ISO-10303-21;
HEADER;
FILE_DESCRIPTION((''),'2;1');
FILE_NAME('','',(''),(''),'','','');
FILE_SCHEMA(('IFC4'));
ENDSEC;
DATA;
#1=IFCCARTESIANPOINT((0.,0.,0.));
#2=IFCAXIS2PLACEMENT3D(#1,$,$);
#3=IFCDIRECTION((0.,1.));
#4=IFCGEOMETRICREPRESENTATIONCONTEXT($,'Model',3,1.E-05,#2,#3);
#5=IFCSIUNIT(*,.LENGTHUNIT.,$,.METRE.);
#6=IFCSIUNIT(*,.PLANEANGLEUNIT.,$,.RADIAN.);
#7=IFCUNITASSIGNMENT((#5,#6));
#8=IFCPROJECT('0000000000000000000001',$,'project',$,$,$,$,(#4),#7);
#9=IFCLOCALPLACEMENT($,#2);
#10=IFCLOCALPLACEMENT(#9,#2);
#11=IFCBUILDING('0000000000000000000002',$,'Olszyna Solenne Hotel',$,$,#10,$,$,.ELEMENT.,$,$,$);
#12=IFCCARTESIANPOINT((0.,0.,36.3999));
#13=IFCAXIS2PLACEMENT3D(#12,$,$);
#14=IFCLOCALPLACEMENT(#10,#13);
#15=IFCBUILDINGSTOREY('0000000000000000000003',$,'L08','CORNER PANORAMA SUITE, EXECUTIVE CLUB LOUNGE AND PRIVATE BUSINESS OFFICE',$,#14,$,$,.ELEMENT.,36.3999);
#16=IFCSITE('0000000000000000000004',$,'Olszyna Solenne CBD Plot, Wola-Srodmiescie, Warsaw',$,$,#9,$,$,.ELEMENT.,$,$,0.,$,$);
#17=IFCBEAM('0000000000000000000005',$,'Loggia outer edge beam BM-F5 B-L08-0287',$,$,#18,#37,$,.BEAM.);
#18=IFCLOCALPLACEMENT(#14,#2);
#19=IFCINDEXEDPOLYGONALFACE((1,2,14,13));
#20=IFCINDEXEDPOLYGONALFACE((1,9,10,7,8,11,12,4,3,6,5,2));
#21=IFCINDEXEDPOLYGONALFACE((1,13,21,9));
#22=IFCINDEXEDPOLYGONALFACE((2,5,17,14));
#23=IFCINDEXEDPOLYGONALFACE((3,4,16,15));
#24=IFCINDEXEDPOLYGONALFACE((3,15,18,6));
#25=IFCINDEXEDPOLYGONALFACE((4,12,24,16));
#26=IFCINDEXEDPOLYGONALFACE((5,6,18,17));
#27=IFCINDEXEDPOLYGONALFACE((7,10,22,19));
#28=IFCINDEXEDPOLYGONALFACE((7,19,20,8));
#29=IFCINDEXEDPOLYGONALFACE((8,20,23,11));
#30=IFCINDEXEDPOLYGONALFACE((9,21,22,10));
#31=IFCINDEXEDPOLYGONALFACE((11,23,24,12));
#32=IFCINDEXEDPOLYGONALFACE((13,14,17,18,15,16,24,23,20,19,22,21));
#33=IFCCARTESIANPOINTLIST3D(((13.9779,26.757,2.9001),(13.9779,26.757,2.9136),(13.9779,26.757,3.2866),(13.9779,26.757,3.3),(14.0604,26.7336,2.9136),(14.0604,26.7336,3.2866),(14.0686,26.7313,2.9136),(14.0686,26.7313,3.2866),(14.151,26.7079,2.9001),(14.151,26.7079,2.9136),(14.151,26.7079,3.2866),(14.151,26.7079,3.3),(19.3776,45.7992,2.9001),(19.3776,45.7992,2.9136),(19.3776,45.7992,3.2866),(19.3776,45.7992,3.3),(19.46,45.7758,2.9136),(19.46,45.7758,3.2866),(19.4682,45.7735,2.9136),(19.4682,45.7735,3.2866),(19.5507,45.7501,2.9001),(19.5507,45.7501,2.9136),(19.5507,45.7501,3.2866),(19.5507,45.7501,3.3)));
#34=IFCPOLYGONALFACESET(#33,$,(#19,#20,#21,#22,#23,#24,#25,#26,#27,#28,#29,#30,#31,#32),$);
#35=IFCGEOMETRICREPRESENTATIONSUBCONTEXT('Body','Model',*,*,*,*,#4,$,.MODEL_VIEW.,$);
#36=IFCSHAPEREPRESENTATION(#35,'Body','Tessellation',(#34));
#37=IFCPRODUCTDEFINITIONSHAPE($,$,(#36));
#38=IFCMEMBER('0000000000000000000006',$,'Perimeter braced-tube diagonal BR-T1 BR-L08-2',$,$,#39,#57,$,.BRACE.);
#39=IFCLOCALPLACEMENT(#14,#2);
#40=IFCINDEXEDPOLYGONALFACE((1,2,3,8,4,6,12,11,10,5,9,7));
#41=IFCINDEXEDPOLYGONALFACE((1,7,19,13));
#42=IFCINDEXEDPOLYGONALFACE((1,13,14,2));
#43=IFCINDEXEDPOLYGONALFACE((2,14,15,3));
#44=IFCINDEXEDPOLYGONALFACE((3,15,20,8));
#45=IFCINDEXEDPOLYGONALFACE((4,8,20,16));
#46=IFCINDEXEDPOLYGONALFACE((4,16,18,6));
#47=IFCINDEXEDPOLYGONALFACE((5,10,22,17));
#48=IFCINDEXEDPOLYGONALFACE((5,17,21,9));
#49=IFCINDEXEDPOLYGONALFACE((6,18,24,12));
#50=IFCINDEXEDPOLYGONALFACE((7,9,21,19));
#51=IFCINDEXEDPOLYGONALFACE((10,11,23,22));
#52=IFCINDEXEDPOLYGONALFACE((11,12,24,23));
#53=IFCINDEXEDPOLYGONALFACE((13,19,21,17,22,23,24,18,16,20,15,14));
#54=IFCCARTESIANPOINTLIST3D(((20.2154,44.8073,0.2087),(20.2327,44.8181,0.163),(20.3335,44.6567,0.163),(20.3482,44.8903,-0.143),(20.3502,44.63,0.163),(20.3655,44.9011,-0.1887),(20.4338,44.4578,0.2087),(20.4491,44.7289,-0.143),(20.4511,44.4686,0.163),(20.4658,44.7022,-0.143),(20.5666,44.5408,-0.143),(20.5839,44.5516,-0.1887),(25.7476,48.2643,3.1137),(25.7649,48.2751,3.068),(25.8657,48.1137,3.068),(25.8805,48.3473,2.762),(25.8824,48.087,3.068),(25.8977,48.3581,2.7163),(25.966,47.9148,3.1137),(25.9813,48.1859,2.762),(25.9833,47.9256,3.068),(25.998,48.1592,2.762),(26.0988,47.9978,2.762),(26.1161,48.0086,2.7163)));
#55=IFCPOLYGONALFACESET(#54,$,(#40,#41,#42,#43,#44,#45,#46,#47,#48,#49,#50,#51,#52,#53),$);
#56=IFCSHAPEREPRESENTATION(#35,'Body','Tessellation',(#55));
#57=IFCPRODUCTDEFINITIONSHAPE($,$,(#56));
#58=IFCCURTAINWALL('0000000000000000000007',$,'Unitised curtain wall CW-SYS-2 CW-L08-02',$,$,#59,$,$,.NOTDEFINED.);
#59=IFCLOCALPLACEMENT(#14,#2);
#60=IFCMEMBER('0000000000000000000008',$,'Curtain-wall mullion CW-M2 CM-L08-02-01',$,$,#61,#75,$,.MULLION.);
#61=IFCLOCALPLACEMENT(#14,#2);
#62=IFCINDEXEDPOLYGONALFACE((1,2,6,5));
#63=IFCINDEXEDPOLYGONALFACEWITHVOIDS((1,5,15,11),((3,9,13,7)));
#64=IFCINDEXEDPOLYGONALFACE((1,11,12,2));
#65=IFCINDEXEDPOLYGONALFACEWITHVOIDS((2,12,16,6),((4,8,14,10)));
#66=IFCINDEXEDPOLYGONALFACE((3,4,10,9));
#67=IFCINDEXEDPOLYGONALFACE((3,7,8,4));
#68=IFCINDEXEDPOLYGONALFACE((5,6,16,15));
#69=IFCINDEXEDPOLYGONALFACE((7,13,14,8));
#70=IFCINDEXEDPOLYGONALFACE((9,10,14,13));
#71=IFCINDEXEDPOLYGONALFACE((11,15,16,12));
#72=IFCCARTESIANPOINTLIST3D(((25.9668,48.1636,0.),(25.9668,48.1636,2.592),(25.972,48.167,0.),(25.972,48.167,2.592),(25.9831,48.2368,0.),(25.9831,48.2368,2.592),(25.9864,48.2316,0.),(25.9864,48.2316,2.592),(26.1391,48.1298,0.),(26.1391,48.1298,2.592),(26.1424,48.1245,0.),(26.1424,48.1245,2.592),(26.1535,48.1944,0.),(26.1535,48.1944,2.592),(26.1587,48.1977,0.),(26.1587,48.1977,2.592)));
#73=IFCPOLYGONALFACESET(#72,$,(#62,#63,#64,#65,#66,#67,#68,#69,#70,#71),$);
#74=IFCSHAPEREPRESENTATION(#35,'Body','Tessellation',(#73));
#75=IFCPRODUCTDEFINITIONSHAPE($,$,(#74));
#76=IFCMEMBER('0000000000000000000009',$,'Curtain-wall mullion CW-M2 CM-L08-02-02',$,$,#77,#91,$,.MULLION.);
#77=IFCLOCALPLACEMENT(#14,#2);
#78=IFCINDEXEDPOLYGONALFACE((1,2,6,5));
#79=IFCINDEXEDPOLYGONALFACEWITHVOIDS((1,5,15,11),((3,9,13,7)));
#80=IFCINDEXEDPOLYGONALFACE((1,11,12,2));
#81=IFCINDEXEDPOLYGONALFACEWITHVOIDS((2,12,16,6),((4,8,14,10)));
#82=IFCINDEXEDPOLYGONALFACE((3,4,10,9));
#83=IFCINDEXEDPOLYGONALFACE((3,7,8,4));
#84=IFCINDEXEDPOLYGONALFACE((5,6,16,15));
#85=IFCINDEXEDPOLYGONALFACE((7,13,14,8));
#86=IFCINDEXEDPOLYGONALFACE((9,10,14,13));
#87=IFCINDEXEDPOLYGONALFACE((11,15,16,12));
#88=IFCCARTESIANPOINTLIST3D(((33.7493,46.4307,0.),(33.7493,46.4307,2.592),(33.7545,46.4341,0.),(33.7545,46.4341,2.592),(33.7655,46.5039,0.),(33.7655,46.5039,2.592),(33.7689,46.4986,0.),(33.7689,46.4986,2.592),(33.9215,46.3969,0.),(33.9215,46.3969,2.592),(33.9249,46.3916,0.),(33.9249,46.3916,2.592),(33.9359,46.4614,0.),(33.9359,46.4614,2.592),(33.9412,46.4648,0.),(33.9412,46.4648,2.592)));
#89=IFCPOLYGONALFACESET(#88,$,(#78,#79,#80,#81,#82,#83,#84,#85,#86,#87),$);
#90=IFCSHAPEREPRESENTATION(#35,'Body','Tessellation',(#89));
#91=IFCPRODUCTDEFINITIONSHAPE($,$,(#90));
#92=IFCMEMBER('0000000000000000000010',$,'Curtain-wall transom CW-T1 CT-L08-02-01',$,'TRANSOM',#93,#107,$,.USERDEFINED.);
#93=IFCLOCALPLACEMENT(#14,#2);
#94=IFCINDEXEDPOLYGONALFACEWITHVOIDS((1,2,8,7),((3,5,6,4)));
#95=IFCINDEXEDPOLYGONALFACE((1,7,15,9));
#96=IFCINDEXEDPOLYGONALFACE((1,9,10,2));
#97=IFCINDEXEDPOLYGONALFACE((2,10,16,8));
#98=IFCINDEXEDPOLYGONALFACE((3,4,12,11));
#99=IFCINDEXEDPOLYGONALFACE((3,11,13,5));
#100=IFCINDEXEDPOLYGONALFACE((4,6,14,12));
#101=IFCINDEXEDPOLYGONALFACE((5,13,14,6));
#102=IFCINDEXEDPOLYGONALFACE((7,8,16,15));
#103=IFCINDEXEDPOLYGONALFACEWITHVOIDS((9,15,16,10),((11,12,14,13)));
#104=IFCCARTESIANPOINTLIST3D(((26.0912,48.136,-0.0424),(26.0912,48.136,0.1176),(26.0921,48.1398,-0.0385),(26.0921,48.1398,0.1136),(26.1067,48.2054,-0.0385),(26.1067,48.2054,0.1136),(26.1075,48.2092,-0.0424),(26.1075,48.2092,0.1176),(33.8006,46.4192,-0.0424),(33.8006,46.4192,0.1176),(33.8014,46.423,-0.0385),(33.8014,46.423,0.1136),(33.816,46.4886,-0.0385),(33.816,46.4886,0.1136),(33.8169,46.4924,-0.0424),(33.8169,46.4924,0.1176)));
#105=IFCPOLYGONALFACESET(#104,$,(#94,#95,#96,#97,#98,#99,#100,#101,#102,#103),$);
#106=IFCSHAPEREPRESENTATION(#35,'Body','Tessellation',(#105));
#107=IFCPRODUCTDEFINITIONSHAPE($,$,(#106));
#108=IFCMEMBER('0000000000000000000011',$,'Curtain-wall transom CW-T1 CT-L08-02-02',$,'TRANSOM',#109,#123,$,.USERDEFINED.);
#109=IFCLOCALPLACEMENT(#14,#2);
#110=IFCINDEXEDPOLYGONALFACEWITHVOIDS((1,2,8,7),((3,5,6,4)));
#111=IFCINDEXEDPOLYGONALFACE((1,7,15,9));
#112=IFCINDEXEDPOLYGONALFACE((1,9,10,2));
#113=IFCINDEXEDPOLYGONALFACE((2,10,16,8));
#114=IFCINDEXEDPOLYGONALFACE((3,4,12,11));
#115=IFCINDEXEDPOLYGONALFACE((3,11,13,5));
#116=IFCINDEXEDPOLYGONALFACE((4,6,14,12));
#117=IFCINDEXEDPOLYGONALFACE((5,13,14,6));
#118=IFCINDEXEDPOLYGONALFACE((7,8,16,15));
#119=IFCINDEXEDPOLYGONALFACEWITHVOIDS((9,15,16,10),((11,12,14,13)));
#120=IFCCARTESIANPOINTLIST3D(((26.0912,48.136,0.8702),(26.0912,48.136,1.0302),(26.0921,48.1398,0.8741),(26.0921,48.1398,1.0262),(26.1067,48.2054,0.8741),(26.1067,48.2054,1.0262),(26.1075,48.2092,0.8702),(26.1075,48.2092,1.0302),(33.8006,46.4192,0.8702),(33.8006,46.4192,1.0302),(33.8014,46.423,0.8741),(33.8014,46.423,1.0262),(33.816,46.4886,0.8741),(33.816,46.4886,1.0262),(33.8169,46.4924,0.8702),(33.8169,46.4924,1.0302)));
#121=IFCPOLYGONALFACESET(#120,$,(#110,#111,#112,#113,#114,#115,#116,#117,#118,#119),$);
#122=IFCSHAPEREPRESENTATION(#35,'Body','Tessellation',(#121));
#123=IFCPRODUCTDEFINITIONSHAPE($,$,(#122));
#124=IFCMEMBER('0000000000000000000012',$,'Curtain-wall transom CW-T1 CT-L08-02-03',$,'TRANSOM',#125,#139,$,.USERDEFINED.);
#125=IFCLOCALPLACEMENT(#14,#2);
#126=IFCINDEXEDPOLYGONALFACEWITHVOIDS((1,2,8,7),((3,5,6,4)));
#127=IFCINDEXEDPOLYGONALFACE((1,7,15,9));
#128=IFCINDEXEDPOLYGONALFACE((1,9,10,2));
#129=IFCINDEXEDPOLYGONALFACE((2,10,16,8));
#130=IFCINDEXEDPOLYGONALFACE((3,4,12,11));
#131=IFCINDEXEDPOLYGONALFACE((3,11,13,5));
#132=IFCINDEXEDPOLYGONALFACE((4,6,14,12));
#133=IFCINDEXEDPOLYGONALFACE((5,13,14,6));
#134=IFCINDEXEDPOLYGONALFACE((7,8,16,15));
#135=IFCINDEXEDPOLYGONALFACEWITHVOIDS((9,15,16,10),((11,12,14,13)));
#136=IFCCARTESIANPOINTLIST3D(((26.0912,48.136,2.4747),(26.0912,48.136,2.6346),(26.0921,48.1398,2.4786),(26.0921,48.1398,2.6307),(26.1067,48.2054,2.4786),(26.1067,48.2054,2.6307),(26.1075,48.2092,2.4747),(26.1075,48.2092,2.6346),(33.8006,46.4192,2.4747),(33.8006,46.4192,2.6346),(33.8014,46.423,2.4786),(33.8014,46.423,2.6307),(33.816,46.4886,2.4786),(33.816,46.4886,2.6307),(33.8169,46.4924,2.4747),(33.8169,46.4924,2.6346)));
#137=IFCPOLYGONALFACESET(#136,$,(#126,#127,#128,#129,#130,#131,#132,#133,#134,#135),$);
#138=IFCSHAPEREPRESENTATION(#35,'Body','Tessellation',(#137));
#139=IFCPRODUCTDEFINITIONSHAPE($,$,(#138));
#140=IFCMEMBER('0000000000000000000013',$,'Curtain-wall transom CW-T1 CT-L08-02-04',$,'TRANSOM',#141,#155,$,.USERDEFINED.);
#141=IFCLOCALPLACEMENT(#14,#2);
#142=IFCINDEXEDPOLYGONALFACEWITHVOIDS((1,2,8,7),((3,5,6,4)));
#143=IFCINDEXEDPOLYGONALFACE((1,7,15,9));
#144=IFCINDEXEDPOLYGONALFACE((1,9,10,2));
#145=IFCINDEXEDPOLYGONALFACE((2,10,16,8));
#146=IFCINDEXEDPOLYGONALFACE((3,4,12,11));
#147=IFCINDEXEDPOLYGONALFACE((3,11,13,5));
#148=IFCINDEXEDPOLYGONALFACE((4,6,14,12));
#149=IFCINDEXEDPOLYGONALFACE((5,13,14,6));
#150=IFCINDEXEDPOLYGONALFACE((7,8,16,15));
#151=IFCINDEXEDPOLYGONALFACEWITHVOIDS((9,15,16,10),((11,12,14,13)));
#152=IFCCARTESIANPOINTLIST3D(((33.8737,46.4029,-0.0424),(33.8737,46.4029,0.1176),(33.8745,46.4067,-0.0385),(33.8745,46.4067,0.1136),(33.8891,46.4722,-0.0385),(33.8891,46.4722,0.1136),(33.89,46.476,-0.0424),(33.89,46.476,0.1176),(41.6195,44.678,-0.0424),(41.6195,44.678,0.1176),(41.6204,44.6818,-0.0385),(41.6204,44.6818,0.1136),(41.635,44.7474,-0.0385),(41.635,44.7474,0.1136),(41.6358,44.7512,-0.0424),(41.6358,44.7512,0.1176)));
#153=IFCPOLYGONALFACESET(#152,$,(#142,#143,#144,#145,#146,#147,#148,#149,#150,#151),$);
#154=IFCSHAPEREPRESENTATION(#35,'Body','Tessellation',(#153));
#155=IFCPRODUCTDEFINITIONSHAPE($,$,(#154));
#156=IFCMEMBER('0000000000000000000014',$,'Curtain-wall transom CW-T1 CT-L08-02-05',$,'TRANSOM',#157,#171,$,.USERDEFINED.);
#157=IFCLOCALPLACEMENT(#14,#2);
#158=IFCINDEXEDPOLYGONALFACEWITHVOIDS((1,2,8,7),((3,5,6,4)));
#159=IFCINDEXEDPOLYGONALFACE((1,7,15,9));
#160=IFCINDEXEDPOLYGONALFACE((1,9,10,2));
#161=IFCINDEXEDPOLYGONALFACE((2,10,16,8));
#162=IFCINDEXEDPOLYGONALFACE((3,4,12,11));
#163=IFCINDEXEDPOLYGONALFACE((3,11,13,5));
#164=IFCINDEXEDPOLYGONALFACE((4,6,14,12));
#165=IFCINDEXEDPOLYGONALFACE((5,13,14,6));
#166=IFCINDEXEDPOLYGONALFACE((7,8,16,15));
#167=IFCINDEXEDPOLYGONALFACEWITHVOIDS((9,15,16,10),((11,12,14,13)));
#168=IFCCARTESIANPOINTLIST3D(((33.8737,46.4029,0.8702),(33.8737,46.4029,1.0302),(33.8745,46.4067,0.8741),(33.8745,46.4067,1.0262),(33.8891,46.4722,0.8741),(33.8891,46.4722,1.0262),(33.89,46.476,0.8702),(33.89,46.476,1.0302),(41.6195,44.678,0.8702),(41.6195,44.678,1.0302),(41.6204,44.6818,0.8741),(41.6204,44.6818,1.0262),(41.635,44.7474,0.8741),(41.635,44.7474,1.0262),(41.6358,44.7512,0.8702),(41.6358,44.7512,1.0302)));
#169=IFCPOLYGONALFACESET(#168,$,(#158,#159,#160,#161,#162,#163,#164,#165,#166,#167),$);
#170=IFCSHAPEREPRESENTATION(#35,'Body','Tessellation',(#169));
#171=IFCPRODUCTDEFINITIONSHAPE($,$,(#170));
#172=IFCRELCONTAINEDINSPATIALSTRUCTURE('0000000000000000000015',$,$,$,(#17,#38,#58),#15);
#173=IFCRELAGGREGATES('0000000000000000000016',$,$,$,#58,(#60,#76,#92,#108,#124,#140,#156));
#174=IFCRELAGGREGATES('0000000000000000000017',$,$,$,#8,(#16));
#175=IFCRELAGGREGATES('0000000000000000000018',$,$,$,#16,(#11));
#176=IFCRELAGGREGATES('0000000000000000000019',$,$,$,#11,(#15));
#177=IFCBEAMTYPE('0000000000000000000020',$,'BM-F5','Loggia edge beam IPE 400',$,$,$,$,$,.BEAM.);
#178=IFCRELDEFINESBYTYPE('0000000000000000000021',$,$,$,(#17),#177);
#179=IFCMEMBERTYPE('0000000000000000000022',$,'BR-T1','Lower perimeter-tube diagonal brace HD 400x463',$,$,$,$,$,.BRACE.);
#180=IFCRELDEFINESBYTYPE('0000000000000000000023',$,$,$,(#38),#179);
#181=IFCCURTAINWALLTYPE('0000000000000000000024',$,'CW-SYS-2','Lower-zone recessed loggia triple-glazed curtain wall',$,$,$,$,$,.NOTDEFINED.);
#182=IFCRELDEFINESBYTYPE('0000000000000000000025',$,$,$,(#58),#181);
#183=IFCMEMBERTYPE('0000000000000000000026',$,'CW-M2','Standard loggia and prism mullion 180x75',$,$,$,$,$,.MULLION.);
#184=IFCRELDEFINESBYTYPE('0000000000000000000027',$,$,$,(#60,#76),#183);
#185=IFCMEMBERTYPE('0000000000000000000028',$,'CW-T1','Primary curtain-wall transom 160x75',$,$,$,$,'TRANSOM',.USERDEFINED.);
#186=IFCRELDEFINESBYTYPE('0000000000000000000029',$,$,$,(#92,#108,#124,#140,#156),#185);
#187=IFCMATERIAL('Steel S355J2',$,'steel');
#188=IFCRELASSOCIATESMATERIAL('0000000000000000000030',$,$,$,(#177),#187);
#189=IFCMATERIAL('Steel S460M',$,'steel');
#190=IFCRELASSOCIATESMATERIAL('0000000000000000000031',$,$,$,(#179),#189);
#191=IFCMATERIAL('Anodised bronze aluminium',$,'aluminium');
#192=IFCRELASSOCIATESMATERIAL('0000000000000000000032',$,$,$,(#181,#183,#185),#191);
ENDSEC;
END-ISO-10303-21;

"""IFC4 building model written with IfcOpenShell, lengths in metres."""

from ifc_helpers import new_model, si_unit, direction, frame, origin, origin_2d, place, context, subcontext, project, spatial, hollow_rectangle, i_section, extrude, source, transform, mapped, material, material_profile, profile_set, type_object, element, aggregate, save


model = new_model("IFC4")

# Units and contexts
model_context = context("Model", 3, precision=1e-05, world=origin(), true_north=direction((0.0, 1.0)))
body_context = subcontext(model_context, "Body", "Model", "MODEL_VIEW")
ifc_project = project(units=[si_unit("LENGTHUNIT", "METRE"), si_unit("PLANEANGLEUNIT", "RADIAN")], contexts=[model_context])

# Site, building, storey
site_placement = place(None, origin())
site = spatial("IfcSite", under=ifc_project, at=site_placement, Name="Olszyna Solenne CBD Plot, Wola-Srodmiescie, Warsaw", CompositionType="ELEMENT", RefElevation=0.0)
building_placement = place(site_placement, origin())
building = spatial("IfcBuilding", under=site, at=building_placement, Name="Olszyna Solenne Hotel", CompositionType="ELEMENT")
storey_placement = place(building_placement, frame((0.0, 0.0, 36.3999)))
storey = spatial("IfcBuildingStorey", under=building, at=storey_placement, Name="L08", Description="CORNER PANORAMA SUITE, EXECUTIVE CLUB LOUNGE AND PRIVATE BUSINESS OFFICE", CompositionType="ELEMENT", Elevation=36.3999)

# Shared definitions
ifc_material_1 = material(Name="Steel S460M", Category="steel")

# Beam
ifc_material_2 = material(Name="Steel S355J2", Category="steel")
ifc_material_profile_1 = material_profile(ifc_material_2, i_section(OverallWidth=0.1799, OverallDepth=0.3999, WebThickness=0.0085, FlangeThickness=0.0134, at=origin_2d()), Name="IPE 400", Category="load-bearing")
ifc_profile_set_1 = profile_set([ifc_material_profile_1], Name="Steel S355J2")
beam_type_1 = type_object("IfcBeamType", Name="BM-F5", Description="Loggia edge beam IPE 400", PredefinedType="BEAM", material=ifc_profile_set_1)
shared_shape_1 = source(origin(), body_context, "Body", "SweptSolid", [
    extrude(i_section(OverallWidth=0.1799, OverallDepth=0.3999, WebThickness=0.0085, FlangeThickness=0.0134, at=origin_2d()), origin(), (0.0, 0.0, 1.0), 19.793),
])
beam_1_placement = place(storey_placement, frame((19.4641, 45.7747, 3.1001), z_axis=(-0.272806, -0.962069, 0.0), x_axis=(0.962069, -0.272806, 0.0)))
element("IfcBeam", 1, at=beam_1_placement, inside=storey, type_object=beam_type_1, Name="Loggia outer edge beam BM-F5 B-L08-0287", PredefinedType="BEAM", context=body_context, shape_type="MappedRepresentation", body=[
    mapped(shared_shape_1, transform((0.0, 0.0, 0.0), x_axis=(1.0, 0.0, 0.0), y_axis=(0.0, 1.0, 0.0), z_axis=(0.0, 0.0, 1.0), scale=1.0)),
])

# Member
ifc_material_profile_2 = material_profile(ifc_material_1, i_section(OverallWidth=0.4121, OverallDepth=0.4351, WebThickness=0.0315, FlangeThickness=0.05, at=origin_2d()), Name="HD 400x463", Category="load-bearing")
ifc_profile_set_2 = profile_set([ifc_material_profile_2], Name="Steel S460M")
member_type_1 = type_object("IfcMemberType", Name="BR-T1", Description="Lower perimeter-tube diagonal brace HD 400x463", PredefinedType="BRACE", material=ifc_profile_set_2)
shared_shape_2 = source(origin(), body_context, "Body", "SweptSolid", [
    extrude(i_section(OverallWidth=0.4121, OverallDepth=0.4351, WebThickness=0.0315, FlangeThickness=0.05, at=origin_2d()), origin(), (0.0, 0.0, 1.0), 7.1411),
])
member_1_placement = place(storey_placement, frame((20.3997, 44.6794, 0.01), z_axis=(0.774699, 0.484101, 0.406802), x_axis=(-0.529932, 0.84804, 0.0)))
element("IfcMember", 2, at=member_1_placement, inside=storey, type_object=member_type_1, Name="Perimeter braced-tube diagonal BR-T1 BR-L08-2", PredefinedType="BRACE", context=body_context, shape_type="MappedRepresentation", body=[
    mapped(shared_shape_2, transform((0.0, 0.0, 0.0), x_axis=(1.0, 0.0, 0.0), y_axis=(0.0, 1.0, 0.0), z_axis=(0.0, 0.0, 1.0), scale=1.0)),
])

# Curtain wall, members
ifc_material_3 = material(Name="Anodised bronze aluminium", Category="aluminium")
curtain_wall_type = type_object("IfcCurtainWallType", Name="CW-SYS-2", Description="Lower-zone recessed loggia triple-glazed curtain wall", PredefinedType="NOTDEFINED", material=ifc_material_3)
curtain_wall_placement = place(storey_placement, origin())
curtain_wall = element("IfcCurtainWall", 3, at=curtain_wall_placement, inside=storey, type_object=curtain_wall_type, Name="Unitised curtain wall CW-SYS-2 CW-L08-02", PredefinedType="NOTDEFINED")
ifc_material_profile_3 = material_profile(ifc_material_3, hollow_rectangle(XDim=0.075, YDim=0.1799, WallThickness=0.0044, at=origin_2d()), Name="MULL 180x75x4.5", Category="load-bearing")
ifc_profile_set_3 = profile_set([ifc_material_profile_3], Name="Anodised bronze aluminium")
member_type_2 = type_object("IfcMemberType", Name="CW-M2", Description="Standard loggia and prism mullion 180x75", PredefinedType="MULLION", material=ifc_profile_set_3)
shared_shape_3 = source(origin(), body_context, "Body", "SweptSolid", [
    extrude(hollow_rectangle(XDim=0.075, YDim=0.1799, WallThickness=0.0044, at=origin_2d()), origin(), (0.0, 0.0, 1.0), 2.592),
])
member_2_placement = place(storey_placement, frame((26.0627, 48.1807, 0.0), z_axis=(0.0, 0.0, 1.0), x_axis=(0.217365, 0.97609, 0.0)))
member_2 = element("IfcMember", 4, at=member_2_placement, type_object=member_type_2, Name="Curtain-wall mullion CW-M2 CM-L08-02-01", PredefinedType="MULLION", context=body_context, shape_type="MappedRepresentation", body=[
    mapped(shared_shape_3, transform((0.0, 0.0, 0.0), x_axis=(1.0, 0.0, 0.0), y_axis=(0.0, 1.0, 0.0), z_axis=(0.0, 0.0, 1.0), scale=1.0)),
])
member_3_placement = place(storey_placement, frame((33.8452, 46.4478, 0.0), z_axis=(0.0, 0.0, 1.0), x_axis=(0.217365, 0.97609, 0.0)))
member_3 = element("IfcMember", 5, at=member_3_placement, type_object=member_type_2, Name="Curtain-wall mullion CW-M2 CM-L08-02-02", PredefinedType="MULLION", context=body_context, shape_type="MappedRepresentation", body=[
    mapped(shared_shape_3, transform((0.0, 0.0, 0.0), x_axis=(1.0, 0.0, 0.0), y_axis=(0.0, 1.0, 0.0), z_axis=(0.0, 0.0, 1.0), scale=1.0)),
])
ifc_material_profile_4 = material_profile(ifc_material_3, hollow_rectangle(XDim=0.075, YDim=0.1599, WallThickness=0.0039, at=origin_2d()), Name="TRAN 160x75x4", Category="load-bearing")
ifc_profile_set_4 = profile_set([ifc_material_profile_4], Name="Anodised bronze aluminium")
member_type_3 = type_object("IfcMemberType", Name="CW-T1", Description="Primary curtain-wall transom 160x75", ElementType="TRANSOM", PredefinedType="USERDEFINED", material=ifc_profile_set_4)
shared_shape_4 = source(origin(), body_context, "Body", "SweptSolid", [
    extrude(hollow_rectangle(XDim=0.075, YDim=0.1599, WallThickness=0.0039, at=origin_2d()), origin(), (0.0, 0.0, 1.0), 7.8982),
])
member_4_placement = place(storey_placement, frame((26.0994, 48.1726, 0.0376), z_axis=(0.976089, -0.217369, 0.0), x_axis=(0.217369, 0.976089, 0.0)))
member_4 = element("IfcMember", 6, at=member_4_placement, type_object=member_type_3, Name="Curtain-wall transom CW-T1 CT-L08-02-01", ObjectType="TRANSOM", PredefinedType="USERDEFINED", context=body_context, shape_type="MappedRepresentation", body=[
    mapped(shared_shape_4, transform((0.0, 0.0, 0.0), x_axis=(1.0, 0.0, 0.0), y_axis=(0.0, 1.0, 0.0), z_axis=(0.0, 0.0, 1.0), scale=1.0)),
])
member_5_placement = place(storey_placement, frame((26.0994, 48.1726, 0.9502), z_axis=(0.976089, -0.217369, 0.0), x_axis=(0.217369, 0.976089, 0.0)))
member_5 = element("IfcMember", 7, at=member_5_placement, type_object=member_type_3, Name="Curtain-wall transom CW-T1 CT-L08-02-02", ObjectType="TRANSOM", PredefinedType="USERDEFINED", context=body_context, shape_type="MappedRepresentation", body=[
    mapped(shared_shape_4, transform((0.0, 0.0, 0.0), x_axis=(1.0, 0.0, 0.0), y_axis=(0.0, 1.0, 0.0), z_axis=(0.0, 0.0, 1.0), scale=1.0)),
])
member_6_placement = place(storey_placement, frame((26.0994, 48.1726, 2.5547), z_axis=(0.976089, -0.217369, 0.0), x_axis=(0.217369, 0.976089, 0.0)))
member_6 = element("IfcMember", 8, at=member_6_placement, type_object=member_type_3, Name="Curtain-wall transom CW-T1 CT-L08-02-03", ObjectType="TRANSOM", PredefinedType="USERDEFINED", context=body_context, shape_type="MappedRepresentation", body=[
    mapped(shared_shape_4, transform((0.0, 0.0, 0.0), x_axis=(1.0, 0.0, 0.0), y_axis=(0.0, 1.0, 0.0), z_axis=(0.0, 0.0, 1.0), scale=1.0)),
])
shared_shape_5 = source(origin(), body_context, "Body", "SweptSolid", [
    extrude(hollow_rectangle(XDim=0.075, YDim=0.1599, WallThickness=0.0039, at=origin_2d()), origin(), (0.0, 0.0, 1.0), 7.9355),
])
member_7_placement = place(storey_placement, frame((33.8818, 46.4395, 0.0376), z_axis=(0.976092, -0.217357, 0.0), x_axis=(0.217357, 0.976092, 0.0)))
member_7 = element("IfcMember", 9, at=member_7_placement, type_object=member_type_3, Name="Curtain-wall transom CW-T1 CT-L08-02-04", ObjectType="TRANSOM", PredefinedType="USERDEFINED", context=body_context, shape_type="MappedRepresentation", body=[
    mapped(shared_shape_5, transform((0.0, 0.0, 0.0), x_axis=(1.0, 0.0, 0.0), y_axis=(0.0, 1.0, 0.0), z_axis=(0.0, 0.0, 1.0), scale=1.0)),
])
member_8_placement = place(storey_placement, frame((33.8818, 46.4395, 0.9502), z_axis=(0.976092, -0.217357, 0.0), x_axis=(0.217357, 0.976092, 0.0)))
member_8 = element("IfcMember", 10, at=member_8_placement, type_object=member_type_3, Name="Curtain-wall transom CW-T1 CT-L08-02-05", ObjectType="TRANSOM", PredefinedType="USERDEFINED", context=body_context, shape_type="MappedRepresentation", body=[
    mapped(shared_shape_5, transform((0.0, 0.0, 0.0), x_axis=(1.0, 0.0, 0.0), y_axis=(0.0, 1.0, 0.0), z_axis=(0.0, 0.0, 1.0), scale=1.0)),
])

aggregate(curtain_wall, [member_2, member_3, member_4, member_5, member_6, member_7, member_8])

save(model, "model.ifc")
